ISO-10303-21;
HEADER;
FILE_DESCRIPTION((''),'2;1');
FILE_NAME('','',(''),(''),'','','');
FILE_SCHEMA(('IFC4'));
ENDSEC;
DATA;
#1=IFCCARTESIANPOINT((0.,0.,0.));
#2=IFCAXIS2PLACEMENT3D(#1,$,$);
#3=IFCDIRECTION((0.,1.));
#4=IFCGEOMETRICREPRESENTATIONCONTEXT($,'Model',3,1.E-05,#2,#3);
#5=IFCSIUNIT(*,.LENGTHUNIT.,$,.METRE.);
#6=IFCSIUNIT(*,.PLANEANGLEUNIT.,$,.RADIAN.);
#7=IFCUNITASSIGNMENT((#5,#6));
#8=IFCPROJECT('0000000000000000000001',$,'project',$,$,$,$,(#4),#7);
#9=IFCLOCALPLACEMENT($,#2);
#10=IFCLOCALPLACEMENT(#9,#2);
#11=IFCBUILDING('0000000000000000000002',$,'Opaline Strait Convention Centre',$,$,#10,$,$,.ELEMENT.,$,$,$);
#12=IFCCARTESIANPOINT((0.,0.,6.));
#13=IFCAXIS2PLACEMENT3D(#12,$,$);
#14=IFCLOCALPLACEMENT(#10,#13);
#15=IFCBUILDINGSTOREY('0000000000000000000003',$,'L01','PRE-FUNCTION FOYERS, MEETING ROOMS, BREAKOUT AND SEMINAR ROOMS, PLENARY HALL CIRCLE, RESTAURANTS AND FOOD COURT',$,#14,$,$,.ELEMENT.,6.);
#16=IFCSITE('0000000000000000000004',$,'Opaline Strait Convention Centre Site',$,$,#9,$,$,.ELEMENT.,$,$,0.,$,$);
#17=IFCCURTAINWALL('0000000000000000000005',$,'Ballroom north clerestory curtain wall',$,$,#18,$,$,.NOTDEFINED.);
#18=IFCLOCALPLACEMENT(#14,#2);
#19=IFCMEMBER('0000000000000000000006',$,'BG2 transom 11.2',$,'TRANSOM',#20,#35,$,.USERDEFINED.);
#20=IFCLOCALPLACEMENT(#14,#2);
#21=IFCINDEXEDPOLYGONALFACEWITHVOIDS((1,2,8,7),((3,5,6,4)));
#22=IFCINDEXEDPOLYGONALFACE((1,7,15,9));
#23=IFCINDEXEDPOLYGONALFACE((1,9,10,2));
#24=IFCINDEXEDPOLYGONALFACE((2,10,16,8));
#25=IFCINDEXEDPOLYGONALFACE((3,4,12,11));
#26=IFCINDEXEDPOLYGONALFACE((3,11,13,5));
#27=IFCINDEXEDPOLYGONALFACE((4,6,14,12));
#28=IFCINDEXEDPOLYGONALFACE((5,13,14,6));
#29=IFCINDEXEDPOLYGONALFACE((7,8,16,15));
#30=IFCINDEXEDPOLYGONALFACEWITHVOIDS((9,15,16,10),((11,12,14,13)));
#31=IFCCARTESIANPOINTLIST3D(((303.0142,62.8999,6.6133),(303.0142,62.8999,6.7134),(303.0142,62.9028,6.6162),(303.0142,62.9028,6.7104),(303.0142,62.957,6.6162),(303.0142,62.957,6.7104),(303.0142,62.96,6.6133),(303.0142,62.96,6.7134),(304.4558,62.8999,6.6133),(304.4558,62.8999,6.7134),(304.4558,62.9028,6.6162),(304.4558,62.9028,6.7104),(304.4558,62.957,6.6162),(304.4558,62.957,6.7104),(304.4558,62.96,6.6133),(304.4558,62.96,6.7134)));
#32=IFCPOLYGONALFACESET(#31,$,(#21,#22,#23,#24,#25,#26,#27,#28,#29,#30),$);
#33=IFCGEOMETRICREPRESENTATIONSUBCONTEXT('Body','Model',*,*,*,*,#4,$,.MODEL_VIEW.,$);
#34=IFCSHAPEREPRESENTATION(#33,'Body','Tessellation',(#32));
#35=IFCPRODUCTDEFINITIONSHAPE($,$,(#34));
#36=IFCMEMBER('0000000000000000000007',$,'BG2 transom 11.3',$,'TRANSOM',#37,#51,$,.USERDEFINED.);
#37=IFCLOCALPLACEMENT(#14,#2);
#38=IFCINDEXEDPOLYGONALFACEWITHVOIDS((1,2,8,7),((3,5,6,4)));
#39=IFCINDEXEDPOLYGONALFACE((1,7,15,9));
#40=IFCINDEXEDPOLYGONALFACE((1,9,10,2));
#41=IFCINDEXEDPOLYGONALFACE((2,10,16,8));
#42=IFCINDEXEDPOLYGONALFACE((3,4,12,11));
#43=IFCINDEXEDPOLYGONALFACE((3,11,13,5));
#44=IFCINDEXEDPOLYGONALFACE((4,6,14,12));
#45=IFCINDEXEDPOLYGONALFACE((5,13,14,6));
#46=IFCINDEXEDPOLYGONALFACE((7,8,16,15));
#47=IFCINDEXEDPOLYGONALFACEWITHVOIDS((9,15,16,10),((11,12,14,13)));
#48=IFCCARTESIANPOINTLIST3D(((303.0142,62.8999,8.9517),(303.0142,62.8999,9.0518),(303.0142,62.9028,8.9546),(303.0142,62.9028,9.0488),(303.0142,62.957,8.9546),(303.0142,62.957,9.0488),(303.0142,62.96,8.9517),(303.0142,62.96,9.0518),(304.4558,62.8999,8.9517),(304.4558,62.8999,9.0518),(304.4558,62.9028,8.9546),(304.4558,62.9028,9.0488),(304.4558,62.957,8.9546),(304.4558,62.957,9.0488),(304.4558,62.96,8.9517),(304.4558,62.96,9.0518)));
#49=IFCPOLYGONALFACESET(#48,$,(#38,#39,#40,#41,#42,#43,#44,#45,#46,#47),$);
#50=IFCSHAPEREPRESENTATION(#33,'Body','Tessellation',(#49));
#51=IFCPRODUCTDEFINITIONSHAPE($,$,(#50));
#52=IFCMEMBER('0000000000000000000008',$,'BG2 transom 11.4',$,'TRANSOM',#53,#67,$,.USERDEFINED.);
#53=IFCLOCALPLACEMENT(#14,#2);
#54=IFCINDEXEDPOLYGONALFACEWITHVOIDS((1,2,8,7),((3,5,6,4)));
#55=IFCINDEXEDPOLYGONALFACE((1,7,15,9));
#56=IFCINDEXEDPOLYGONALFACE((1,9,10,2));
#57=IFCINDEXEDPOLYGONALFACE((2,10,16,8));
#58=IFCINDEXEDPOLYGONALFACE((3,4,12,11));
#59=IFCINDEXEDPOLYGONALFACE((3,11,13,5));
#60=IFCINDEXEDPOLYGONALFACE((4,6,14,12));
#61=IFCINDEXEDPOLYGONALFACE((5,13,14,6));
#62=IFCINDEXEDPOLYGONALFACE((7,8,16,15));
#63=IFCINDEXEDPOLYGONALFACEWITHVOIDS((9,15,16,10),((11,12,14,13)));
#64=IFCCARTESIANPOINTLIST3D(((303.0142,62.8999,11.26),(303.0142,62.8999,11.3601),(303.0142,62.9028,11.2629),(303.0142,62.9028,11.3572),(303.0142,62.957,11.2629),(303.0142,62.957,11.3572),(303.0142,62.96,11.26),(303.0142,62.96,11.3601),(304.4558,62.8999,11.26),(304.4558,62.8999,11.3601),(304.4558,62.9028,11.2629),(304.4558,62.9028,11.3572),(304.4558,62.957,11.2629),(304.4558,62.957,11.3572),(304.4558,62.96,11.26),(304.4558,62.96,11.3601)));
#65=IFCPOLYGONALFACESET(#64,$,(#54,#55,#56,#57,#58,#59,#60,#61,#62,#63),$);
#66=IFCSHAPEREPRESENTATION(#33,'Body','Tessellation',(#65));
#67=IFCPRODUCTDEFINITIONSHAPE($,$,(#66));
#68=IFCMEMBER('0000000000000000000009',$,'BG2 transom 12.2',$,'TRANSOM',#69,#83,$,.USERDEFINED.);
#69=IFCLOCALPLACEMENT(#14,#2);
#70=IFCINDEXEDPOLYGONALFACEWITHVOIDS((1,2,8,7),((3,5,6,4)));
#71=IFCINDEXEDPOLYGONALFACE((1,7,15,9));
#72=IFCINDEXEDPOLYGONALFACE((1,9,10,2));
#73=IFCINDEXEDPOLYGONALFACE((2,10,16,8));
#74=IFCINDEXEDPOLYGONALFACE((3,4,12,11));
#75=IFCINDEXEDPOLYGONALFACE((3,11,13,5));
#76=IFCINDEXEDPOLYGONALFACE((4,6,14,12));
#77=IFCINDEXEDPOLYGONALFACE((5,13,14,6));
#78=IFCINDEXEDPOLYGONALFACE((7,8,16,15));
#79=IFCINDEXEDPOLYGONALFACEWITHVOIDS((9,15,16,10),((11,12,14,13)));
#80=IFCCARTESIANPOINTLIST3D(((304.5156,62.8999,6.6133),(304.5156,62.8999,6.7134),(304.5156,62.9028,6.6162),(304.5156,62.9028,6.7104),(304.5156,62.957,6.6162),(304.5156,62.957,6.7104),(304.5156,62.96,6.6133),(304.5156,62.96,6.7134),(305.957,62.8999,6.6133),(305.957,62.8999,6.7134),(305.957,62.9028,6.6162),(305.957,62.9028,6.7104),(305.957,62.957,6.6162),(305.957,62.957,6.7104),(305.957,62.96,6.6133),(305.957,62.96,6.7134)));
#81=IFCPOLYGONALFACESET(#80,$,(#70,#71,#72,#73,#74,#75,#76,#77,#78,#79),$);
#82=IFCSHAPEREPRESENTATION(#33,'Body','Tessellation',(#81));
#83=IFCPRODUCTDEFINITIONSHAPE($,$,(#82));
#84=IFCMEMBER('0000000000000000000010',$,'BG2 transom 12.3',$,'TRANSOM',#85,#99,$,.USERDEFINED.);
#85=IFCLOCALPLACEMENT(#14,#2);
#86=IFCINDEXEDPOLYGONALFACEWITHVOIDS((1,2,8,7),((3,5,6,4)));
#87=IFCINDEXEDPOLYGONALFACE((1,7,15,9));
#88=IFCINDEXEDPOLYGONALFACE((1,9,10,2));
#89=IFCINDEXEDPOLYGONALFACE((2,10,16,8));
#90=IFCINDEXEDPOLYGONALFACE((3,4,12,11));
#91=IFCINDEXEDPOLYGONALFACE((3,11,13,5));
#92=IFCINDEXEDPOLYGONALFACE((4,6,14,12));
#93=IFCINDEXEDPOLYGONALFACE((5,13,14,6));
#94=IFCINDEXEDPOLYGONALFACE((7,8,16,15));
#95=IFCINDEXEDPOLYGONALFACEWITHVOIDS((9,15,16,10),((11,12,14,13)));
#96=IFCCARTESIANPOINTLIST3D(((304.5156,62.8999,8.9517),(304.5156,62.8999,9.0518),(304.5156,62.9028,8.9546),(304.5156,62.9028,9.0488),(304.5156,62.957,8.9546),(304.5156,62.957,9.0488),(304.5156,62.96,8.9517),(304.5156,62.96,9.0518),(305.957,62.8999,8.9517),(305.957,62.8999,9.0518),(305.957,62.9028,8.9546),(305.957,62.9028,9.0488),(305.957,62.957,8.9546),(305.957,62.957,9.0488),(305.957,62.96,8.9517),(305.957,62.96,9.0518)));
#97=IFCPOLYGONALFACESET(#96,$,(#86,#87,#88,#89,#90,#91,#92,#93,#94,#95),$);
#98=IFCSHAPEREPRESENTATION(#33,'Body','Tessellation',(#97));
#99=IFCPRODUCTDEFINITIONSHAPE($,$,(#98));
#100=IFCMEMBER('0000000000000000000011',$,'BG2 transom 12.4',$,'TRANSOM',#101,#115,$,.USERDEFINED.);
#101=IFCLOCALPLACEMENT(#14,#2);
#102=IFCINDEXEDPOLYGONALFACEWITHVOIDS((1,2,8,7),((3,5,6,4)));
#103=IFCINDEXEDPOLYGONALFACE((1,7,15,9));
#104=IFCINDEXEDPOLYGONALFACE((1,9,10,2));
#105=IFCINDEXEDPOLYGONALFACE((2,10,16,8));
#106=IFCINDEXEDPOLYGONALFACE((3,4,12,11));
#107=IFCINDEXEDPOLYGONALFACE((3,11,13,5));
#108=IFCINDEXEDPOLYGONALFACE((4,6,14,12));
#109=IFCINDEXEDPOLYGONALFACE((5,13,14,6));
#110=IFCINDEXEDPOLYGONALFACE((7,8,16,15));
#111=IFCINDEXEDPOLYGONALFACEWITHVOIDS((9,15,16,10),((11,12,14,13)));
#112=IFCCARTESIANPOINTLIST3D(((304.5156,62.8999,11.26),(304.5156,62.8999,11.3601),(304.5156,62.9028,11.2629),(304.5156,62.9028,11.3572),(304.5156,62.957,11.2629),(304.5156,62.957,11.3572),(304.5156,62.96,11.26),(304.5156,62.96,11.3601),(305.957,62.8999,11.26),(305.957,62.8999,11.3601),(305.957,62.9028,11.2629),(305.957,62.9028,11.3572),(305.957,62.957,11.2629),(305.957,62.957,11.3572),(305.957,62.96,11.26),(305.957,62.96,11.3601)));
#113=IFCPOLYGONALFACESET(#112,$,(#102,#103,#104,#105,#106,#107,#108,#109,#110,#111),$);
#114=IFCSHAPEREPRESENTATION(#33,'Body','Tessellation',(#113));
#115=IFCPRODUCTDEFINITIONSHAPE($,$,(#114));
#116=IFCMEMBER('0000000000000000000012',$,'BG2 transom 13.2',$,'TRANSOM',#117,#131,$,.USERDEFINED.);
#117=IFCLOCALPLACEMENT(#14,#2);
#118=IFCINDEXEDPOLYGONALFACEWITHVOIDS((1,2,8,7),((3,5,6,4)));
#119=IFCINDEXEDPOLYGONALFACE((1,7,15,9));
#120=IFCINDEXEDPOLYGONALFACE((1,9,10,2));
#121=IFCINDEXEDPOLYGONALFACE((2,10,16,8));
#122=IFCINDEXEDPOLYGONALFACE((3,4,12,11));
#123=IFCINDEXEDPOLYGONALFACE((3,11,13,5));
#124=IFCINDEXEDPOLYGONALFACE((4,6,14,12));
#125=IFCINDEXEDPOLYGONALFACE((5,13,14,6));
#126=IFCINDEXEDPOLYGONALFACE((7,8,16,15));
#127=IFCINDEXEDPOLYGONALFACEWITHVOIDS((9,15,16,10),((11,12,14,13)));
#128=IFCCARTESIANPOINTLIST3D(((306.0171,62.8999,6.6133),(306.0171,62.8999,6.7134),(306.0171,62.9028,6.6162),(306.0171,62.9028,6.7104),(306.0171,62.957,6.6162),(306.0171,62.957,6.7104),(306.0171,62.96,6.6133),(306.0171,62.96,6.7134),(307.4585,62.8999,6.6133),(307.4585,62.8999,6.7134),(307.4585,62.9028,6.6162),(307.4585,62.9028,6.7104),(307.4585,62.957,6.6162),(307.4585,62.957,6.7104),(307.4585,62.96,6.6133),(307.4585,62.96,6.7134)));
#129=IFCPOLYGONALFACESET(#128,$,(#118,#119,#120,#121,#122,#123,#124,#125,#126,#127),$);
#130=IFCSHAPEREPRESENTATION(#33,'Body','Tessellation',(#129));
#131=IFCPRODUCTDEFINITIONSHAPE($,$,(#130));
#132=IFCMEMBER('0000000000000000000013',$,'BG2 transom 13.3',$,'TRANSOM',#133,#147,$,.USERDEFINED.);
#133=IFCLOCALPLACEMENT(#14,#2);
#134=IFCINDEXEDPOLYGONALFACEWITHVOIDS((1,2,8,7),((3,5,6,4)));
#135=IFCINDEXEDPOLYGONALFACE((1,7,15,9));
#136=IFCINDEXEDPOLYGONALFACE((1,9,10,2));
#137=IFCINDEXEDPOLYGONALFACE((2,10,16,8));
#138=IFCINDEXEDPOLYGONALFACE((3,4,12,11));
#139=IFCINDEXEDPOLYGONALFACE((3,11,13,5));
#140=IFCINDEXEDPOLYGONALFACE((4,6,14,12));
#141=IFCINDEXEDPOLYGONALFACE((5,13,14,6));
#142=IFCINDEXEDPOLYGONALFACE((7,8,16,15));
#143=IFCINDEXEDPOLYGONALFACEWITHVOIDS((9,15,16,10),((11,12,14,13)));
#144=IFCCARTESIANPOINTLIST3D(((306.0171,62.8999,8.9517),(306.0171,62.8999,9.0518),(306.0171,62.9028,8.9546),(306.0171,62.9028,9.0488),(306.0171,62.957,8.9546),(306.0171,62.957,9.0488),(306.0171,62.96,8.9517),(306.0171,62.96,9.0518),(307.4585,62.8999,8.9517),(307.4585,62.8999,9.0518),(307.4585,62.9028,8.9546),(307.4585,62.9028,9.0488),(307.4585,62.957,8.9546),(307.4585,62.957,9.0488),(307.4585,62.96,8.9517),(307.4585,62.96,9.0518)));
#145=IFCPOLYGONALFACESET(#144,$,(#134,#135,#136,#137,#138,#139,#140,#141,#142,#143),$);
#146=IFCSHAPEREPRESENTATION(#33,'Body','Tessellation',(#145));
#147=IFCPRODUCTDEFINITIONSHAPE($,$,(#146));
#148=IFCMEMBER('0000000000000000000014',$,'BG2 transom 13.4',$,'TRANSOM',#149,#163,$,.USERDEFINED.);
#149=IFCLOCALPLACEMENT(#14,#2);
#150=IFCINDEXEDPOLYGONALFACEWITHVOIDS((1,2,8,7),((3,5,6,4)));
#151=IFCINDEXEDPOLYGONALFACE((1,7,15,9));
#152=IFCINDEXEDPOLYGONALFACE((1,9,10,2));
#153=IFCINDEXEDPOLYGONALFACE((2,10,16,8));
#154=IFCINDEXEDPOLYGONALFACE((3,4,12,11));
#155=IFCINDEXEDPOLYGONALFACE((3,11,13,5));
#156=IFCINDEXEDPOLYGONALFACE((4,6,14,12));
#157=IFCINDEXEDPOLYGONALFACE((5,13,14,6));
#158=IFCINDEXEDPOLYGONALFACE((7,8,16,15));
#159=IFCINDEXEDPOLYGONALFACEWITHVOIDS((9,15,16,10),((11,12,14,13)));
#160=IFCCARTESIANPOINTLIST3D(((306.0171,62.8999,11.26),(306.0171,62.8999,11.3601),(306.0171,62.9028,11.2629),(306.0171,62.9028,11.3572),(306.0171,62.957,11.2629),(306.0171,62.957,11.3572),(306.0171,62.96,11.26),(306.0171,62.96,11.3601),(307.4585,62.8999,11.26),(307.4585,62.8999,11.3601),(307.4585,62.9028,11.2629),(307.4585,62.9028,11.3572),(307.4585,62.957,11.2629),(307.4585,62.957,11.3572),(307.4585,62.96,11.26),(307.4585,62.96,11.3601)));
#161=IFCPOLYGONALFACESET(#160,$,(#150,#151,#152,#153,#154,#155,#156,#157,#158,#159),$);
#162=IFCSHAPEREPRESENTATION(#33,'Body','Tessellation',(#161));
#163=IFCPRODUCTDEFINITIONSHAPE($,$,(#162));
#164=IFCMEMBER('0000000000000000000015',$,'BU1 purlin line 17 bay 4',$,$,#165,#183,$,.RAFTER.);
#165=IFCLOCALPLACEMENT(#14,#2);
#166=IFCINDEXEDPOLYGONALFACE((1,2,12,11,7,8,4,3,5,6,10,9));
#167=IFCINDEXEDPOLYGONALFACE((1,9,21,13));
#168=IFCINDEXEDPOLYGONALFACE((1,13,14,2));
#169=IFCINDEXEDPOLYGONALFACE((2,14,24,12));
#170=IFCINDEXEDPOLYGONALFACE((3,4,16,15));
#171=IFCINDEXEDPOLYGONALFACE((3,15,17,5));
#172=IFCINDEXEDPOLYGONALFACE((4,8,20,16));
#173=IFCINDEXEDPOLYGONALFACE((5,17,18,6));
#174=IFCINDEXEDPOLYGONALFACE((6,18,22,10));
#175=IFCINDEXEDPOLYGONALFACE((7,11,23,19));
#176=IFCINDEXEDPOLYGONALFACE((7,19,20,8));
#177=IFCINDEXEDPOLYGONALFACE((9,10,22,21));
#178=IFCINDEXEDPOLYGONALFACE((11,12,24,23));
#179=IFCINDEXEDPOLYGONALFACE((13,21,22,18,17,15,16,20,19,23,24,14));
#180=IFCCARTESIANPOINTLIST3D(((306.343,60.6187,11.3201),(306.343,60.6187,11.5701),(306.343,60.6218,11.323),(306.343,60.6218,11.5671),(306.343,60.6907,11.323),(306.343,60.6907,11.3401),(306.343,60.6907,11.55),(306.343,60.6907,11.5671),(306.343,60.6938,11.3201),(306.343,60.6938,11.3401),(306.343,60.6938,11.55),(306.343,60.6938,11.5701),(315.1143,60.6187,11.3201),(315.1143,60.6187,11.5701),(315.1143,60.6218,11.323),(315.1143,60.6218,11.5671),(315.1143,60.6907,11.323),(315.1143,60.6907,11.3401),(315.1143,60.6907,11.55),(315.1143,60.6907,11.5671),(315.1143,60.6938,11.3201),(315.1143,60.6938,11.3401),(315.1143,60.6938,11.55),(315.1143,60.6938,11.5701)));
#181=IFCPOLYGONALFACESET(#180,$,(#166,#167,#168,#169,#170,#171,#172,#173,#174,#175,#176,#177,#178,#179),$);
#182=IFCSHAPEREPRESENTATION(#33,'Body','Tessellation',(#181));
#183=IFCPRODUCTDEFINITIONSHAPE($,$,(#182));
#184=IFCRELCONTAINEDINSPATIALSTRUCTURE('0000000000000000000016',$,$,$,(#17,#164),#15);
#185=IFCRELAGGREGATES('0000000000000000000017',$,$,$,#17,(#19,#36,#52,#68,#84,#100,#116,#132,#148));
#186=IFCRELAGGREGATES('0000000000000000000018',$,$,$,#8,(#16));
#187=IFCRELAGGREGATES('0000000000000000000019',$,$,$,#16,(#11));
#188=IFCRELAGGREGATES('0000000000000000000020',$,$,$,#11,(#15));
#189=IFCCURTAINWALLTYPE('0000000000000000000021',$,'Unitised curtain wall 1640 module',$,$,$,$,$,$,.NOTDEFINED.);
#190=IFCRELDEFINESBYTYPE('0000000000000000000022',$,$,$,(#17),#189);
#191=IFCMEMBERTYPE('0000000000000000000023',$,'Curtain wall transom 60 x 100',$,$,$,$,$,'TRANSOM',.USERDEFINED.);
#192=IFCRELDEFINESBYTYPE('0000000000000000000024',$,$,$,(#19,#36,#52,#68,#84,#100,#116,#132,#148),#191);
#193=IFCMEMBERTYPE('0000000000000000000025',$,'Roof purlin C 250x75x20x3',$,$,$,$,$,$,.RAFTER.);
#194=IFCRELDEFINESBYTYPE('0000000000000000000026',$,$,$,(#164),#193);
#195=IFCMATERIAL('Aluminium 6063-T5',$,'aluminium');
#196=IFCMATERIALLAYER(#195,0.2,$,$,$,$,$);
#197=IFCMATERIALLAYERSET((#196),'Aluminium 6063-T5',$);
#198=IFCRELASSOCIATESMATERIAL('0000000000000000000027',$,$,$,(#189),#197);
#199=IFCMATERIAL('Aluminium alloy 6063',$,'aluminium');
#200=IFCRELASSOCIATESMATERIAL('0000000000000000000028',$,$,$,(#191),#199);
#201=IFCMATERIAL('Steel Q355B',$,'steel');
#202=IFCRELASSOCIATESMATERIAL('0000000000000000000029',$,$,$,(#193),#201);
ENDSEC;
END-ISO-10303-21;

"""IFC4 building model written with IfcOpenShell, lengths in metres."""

from ifc_helpers import new_model, si_unit, direction, frame, origin, origin_2d, place, context, subcontext, project, spatial, polyline, hollow_rectangle, outline, extrude, material, layer, layer_set, material_profile, profile_set, type_object, element, aggregate, save


model = new_model("IFC4")

# Units and contexts
model_context = context("Model", 3, precision=1e-05, world=origin(), true_north=direction((0.0, 1.0)))
body_context = subcontext(model_context, "Body", "Model", "MODEL_VIEW")
ifc_project = project(units=[si_unit("LENGTHUNIT", "METRE"), si_unit("PLANEANGLEUNIT", "RADIAN")], contexts=[model_context])

# Site, building, storey
site_placement = place(None, origin())
site = spatial("IfcSite", under=ifc_project, at=site_placement, Name="Opaline Strait Convention Centre Site", CompositionType="ELEMENT", RefElevation=0.0)
building_placement = place(site_placement, origin())
building = spatial("IfcBuilding", under=site, at=building_placement, Name="Opaline Strait Convention Centre", CompositionType="ELEMENT")
storey_placement = place(building_placement, frame((0.0, 0.0, 6.0)))
storey = spatial("IfcBuildingStorey", under=building, at=storey_placement, Name="L01", Description="PRE-FUNCTION FOYERS, MEETING ROOMS, BREAKOUT AND SEMINAR ROOMS, PLENARY HALL CIRCLE, RESTAURANTS AND FOOD COURT", CompositionType="ELEMENT", Elevation=6.0)

# Curtain wall, members
ifc_material_1 = material(Name="Aluminium 6063-T5", Category="aluminium")
ifc_layer_1 = layer(ifc_material_1, 0.2)
ifc_layer_set_1 = layer_set([ifc_layer_1], Name="Aluminium 6063-T5")
curtain_wall_type = type_object("IfcCurtainWallType", Name="Unitised curtain wall 1640 module", PredefinedType="NOTDEFINED", material=ifc_layer_set_1)
curtain_wall_placement = place(storey_placement, origin())
curtain_wall = element("IfcCurtainWall", 1, at=curtain_wall_placement, inside=storey, type_object=curtain_wall_type, Name="Ballroom north clerestory curtain wall", PredefinedType="NOTDEFINED")
ifc_material_2 = material(Name="Aluminium alloy 6063", Category="aluminium")
ifc_material_profile_1 = material_profile(ifc_material_2, hollow_rectangle(XDim=0.0601, YDim=0.1001, WallThickness=0.0029, at=origin_2d()), Name="TRANSOM 60x100x3")
ifc_profile_set_1 = profile_set([ifc_material_profile_1], Name="Aluminium alloy 6063")
member_type_1 = type_object("IfcMemberType", Name="Curtain wall transom 60 x 100", ElementType="TRANSOM", PredefinedType="USERDEFINED", material=ifc_profile_set_1)
member_1_placement = place(storey_placement, frame((303.0142, 62.9299, 6.6633), z_axis=(1.0, 0.0, 0.0), x_axis=(0.0, 1.0, 0.0)))
member_1 = element("IfcMember", 2, at=member_1_placement, type_object=member_type_1, Name="BG2 transom 11.2", ObjectType="TRANSOM", PredefinedType="USERDEFINED", context=body_context, shape_type="SweptSolid", body=[
    extrude(hollow_rectangle(XDim=0.0601, YDim=0.1001, WallThickness=0.0029, at=origin_2d()), origin(), (0.0, 0.0, 1.0), 1.4417),
])
member_2_placement = place(storey_placement, frame((303.0142, 62.9299, 9.0017), z_axis=(1.0, 0.0, 0.0), x_axis=(0.0, 1.0, 0.0)))
member_2 = element("IfcMember", 3, at=member_2_placement, type_object=member_type_1, Name="BG2 transom 11.3", ObjectType="TRANSOM", PredefinedType="USERDEFINED", context=body_context, shape_type="SweptSolid", body=[
    extrude(hollow_rectangle(XDim=0.0601, YDim=0.1001, WallThickness=0.0029, at=origin_2d()), origin(), (0.0, 0.0, 1.0), 1.4417),
])
member_3_placement = place(storey_placement, frame((303.0142, 62.9299, 11.3101), z_axis=(1.0, 0.0, 0.0), x_axis=(0.0, 1.0, 0.0)))
member_3 = element("IfcMember", 4, at=member_3_placement, type_object=member_type_1, Name="BG2 transom 11.4", ObjectType="TRANSOM", PredefinedType="USERDEFINED", context=body_context, shape_type="SweptSolid", body=[
    extrude(hollow_rectangle(XDim=0.0601, YDim=0.1001, WallThickness=0.0029, at=origin_2d()), origin(), (0.0, 0.0, 1.0), 1.4417),
])
member_4_placement = place(storey_placement, frame((304.5156, 62.9299, 6.6633), z_axis=(1.0, 0.0, 0.0), x_axis=(0.0, 1.0, 0.0)))
member_4 = element("IfcMember", 5, at=member_4_placement, type_object=member_type_1, Name="BG2 transom 12.2", ObjectType="TRANSOM", PredefinedType="USERDEFINED", context=body_context, shape_type="SweptSolid", body=[
    extrude(hollow_rectangle(XDim=0.0601, YDim=0.1001, WallThickness=0.0029, at=origin_2d()), origin(), (0.0, 0.0, 1.0), 1.4414),
])
member_5_placement = place(storey_placement, frame((304.5156, 62.9299, 9.0017), z_axis=(1.0, 0.0, 0.0), x_axis=(0.0, 1.0, 0.0)))
member_5 = element("IfcMember", 6, at=member_5_placement, type_object=member_type_1, Name="BG2 transom 12.3", ObjectType="TRANSOM", PredefinedType="USERDEFINED", context=body_context, shape_type="SweptSolid", body=[
    extrude(hollow_rectangle(XDim=0.0601, YDim=0.1001, WallThickness=0.0029, at=origin_2d()), origin(), (0.0, 0.0, 1.0), 1.4414),
])
member_6_placement = place(storey_placement, frame((304.5156, 62.9299, 11.3101), z_axis=(1.0, 0.0, 0.0), x_axis=(0.0, 1.0, 0.0)))
member_6 = element("IfcMember", 7, at=member_6_placement, type_object=member_type_1, Name="BG2 transom 12.4", ObjectType="TRANSOM", PredefinedType="USERDEFINED", context=body_context, shape_type="SweptSolid", body=[
    extrude(hollow_rectangle(XDim=0.0601, YDim=0.1001, WallThickness=0.0029, at=origin_2d()), origin(), (0.0, 0.0, 1.0), 1.4414),
])
member_7_placement = place(storey_placement, frame((306.0171, 62.9299, 6.6633), z_axis=(1.0, 0.0, 0.0), x_axis=(0.0, 1.0, 0.0)))
member_7 = element("IfcMember", 8, at=member_7_placement, type_object=member_type_1, Name="BG2 transom 13.2", ObjectType="TRANSOM", PredefinedType="USERDEFINED", context=body_context, shape_type="SweptSolid", body=[
    extrude(hollow_rectangle(XDim=0.0601, YDim=0.1001, WallThickness=0.0029, at=origin_2d()), origin(), (0.0, 0.0, 1.0), 1.4414),
])
member_8_placement = place(storey_placement, frame((306.0171, 62.9299, 9.0017), z_axis=(1.0, 0.0, 0.0), x_axis=(0.0, 1.0, 0.0)))
member_8 = element("IfcMember", 9, at=member_8_placement, type_object=member_type_1, Name="BG2 transom 13.3", ObjectType="TRANSOM", PredefinedType="USERDEFINED", context=body_context, shape_type="SweptSolid", body=[
    extrude(hollow_rectangle(XDim=0.0601, YDim=0.1001, WallThickness=0.0029, at=origin_2d()), origin(), (0.0, 0.0, 1.0), 1.4414),
])
member_9_placement = place(storey_placement, frame((306.0171, 62.9299, 11.3101), z_axis=(1.0, 0.0, 0.0), x_axis=(0.0, 1.0, 0.0)))
member_9 = element("IfcMember", 10, at=member_9_placement, type_object=member_type_1, Name="BG2 transom 13.4", ObjectType="TRANSOM", PredefinedType="USERDEFINED", context=body_context, shape_type="SweptSolid", body=[
    extrude(hollow_rectangle(XDim=0.0601, YDim=0.1001, WallThickness=0.0029, at=origin_2d()), origin(), (0.0, 0.0, 1.0), 1.4414),
])

# Member
ifc_material_3 = material(Name="Steel Q355B", Category="steel")
ifc_material_profile_2 = material_profile(ifc_material_3, outline(polyline([(-0.0376, -0.125), (0.0376, -0.125), (0.0376, -0.105), (0.0344, -0.105), (0.0344, -0.1221), (-0.0344, -0.1221), (-0.0344, 0.1221), (0.0344, 0.1221), (0.0344, 0.105), (0.0376, 0.105), (0.0376, 0.125), (-0.0376, 0.125), (-0.0376, -0.125)])), Name="C 250x75x20x3")
ifc_profile_set_2 = profile_set([ifc_material_profile_2], Name="Steel Q355B")
member_type_2 = type_object("IfcMemberType", Name="Roof purlin C 250x75x20x3", PredefinedType="RAFTER", material=ifc_profile_set_2)
for number, where, z_axis, x_axis, name in (
    (11, (306.343, 60.6562, 11.4451), (1.0, 0.0, 0.0), (0.0, 1.0, 0.0), "BU1 purlin line 17 bay 4"),
):
    element("IfcMember", number, at=place(storey_placement, frame(where, z_axis=z_axis, x_axis=x_axis)), inside=storey, type_object=member_type_2, Name=name, PredefinedType="RAFTER", context=body_context, shape_type="SweptSolid", body=[
        extrude(outline(polyline([(-0.0376, -0.125), (0.0376, -0.125), (0.0376, -0.105), (0.0344, -0.105), (0.0344, -0.1221), (-0.0344, -0.1221), (-0.0344, 0.1221), (0.0344, 0.1221), (0.0344, 0.105), (0.0376, 0.105), (0.0376, 0.125), (-0.0376, 0.125), (-0.0376, -0.125)])), origin(), (0.0, 0.0, 1.0), 8.7712),
    ])

aggregate(curtain_wall, [member_1, member_2, member_3, member_4, member_5, member_6, member_7, member_8, member_9])

save(model, "model.ifc")
